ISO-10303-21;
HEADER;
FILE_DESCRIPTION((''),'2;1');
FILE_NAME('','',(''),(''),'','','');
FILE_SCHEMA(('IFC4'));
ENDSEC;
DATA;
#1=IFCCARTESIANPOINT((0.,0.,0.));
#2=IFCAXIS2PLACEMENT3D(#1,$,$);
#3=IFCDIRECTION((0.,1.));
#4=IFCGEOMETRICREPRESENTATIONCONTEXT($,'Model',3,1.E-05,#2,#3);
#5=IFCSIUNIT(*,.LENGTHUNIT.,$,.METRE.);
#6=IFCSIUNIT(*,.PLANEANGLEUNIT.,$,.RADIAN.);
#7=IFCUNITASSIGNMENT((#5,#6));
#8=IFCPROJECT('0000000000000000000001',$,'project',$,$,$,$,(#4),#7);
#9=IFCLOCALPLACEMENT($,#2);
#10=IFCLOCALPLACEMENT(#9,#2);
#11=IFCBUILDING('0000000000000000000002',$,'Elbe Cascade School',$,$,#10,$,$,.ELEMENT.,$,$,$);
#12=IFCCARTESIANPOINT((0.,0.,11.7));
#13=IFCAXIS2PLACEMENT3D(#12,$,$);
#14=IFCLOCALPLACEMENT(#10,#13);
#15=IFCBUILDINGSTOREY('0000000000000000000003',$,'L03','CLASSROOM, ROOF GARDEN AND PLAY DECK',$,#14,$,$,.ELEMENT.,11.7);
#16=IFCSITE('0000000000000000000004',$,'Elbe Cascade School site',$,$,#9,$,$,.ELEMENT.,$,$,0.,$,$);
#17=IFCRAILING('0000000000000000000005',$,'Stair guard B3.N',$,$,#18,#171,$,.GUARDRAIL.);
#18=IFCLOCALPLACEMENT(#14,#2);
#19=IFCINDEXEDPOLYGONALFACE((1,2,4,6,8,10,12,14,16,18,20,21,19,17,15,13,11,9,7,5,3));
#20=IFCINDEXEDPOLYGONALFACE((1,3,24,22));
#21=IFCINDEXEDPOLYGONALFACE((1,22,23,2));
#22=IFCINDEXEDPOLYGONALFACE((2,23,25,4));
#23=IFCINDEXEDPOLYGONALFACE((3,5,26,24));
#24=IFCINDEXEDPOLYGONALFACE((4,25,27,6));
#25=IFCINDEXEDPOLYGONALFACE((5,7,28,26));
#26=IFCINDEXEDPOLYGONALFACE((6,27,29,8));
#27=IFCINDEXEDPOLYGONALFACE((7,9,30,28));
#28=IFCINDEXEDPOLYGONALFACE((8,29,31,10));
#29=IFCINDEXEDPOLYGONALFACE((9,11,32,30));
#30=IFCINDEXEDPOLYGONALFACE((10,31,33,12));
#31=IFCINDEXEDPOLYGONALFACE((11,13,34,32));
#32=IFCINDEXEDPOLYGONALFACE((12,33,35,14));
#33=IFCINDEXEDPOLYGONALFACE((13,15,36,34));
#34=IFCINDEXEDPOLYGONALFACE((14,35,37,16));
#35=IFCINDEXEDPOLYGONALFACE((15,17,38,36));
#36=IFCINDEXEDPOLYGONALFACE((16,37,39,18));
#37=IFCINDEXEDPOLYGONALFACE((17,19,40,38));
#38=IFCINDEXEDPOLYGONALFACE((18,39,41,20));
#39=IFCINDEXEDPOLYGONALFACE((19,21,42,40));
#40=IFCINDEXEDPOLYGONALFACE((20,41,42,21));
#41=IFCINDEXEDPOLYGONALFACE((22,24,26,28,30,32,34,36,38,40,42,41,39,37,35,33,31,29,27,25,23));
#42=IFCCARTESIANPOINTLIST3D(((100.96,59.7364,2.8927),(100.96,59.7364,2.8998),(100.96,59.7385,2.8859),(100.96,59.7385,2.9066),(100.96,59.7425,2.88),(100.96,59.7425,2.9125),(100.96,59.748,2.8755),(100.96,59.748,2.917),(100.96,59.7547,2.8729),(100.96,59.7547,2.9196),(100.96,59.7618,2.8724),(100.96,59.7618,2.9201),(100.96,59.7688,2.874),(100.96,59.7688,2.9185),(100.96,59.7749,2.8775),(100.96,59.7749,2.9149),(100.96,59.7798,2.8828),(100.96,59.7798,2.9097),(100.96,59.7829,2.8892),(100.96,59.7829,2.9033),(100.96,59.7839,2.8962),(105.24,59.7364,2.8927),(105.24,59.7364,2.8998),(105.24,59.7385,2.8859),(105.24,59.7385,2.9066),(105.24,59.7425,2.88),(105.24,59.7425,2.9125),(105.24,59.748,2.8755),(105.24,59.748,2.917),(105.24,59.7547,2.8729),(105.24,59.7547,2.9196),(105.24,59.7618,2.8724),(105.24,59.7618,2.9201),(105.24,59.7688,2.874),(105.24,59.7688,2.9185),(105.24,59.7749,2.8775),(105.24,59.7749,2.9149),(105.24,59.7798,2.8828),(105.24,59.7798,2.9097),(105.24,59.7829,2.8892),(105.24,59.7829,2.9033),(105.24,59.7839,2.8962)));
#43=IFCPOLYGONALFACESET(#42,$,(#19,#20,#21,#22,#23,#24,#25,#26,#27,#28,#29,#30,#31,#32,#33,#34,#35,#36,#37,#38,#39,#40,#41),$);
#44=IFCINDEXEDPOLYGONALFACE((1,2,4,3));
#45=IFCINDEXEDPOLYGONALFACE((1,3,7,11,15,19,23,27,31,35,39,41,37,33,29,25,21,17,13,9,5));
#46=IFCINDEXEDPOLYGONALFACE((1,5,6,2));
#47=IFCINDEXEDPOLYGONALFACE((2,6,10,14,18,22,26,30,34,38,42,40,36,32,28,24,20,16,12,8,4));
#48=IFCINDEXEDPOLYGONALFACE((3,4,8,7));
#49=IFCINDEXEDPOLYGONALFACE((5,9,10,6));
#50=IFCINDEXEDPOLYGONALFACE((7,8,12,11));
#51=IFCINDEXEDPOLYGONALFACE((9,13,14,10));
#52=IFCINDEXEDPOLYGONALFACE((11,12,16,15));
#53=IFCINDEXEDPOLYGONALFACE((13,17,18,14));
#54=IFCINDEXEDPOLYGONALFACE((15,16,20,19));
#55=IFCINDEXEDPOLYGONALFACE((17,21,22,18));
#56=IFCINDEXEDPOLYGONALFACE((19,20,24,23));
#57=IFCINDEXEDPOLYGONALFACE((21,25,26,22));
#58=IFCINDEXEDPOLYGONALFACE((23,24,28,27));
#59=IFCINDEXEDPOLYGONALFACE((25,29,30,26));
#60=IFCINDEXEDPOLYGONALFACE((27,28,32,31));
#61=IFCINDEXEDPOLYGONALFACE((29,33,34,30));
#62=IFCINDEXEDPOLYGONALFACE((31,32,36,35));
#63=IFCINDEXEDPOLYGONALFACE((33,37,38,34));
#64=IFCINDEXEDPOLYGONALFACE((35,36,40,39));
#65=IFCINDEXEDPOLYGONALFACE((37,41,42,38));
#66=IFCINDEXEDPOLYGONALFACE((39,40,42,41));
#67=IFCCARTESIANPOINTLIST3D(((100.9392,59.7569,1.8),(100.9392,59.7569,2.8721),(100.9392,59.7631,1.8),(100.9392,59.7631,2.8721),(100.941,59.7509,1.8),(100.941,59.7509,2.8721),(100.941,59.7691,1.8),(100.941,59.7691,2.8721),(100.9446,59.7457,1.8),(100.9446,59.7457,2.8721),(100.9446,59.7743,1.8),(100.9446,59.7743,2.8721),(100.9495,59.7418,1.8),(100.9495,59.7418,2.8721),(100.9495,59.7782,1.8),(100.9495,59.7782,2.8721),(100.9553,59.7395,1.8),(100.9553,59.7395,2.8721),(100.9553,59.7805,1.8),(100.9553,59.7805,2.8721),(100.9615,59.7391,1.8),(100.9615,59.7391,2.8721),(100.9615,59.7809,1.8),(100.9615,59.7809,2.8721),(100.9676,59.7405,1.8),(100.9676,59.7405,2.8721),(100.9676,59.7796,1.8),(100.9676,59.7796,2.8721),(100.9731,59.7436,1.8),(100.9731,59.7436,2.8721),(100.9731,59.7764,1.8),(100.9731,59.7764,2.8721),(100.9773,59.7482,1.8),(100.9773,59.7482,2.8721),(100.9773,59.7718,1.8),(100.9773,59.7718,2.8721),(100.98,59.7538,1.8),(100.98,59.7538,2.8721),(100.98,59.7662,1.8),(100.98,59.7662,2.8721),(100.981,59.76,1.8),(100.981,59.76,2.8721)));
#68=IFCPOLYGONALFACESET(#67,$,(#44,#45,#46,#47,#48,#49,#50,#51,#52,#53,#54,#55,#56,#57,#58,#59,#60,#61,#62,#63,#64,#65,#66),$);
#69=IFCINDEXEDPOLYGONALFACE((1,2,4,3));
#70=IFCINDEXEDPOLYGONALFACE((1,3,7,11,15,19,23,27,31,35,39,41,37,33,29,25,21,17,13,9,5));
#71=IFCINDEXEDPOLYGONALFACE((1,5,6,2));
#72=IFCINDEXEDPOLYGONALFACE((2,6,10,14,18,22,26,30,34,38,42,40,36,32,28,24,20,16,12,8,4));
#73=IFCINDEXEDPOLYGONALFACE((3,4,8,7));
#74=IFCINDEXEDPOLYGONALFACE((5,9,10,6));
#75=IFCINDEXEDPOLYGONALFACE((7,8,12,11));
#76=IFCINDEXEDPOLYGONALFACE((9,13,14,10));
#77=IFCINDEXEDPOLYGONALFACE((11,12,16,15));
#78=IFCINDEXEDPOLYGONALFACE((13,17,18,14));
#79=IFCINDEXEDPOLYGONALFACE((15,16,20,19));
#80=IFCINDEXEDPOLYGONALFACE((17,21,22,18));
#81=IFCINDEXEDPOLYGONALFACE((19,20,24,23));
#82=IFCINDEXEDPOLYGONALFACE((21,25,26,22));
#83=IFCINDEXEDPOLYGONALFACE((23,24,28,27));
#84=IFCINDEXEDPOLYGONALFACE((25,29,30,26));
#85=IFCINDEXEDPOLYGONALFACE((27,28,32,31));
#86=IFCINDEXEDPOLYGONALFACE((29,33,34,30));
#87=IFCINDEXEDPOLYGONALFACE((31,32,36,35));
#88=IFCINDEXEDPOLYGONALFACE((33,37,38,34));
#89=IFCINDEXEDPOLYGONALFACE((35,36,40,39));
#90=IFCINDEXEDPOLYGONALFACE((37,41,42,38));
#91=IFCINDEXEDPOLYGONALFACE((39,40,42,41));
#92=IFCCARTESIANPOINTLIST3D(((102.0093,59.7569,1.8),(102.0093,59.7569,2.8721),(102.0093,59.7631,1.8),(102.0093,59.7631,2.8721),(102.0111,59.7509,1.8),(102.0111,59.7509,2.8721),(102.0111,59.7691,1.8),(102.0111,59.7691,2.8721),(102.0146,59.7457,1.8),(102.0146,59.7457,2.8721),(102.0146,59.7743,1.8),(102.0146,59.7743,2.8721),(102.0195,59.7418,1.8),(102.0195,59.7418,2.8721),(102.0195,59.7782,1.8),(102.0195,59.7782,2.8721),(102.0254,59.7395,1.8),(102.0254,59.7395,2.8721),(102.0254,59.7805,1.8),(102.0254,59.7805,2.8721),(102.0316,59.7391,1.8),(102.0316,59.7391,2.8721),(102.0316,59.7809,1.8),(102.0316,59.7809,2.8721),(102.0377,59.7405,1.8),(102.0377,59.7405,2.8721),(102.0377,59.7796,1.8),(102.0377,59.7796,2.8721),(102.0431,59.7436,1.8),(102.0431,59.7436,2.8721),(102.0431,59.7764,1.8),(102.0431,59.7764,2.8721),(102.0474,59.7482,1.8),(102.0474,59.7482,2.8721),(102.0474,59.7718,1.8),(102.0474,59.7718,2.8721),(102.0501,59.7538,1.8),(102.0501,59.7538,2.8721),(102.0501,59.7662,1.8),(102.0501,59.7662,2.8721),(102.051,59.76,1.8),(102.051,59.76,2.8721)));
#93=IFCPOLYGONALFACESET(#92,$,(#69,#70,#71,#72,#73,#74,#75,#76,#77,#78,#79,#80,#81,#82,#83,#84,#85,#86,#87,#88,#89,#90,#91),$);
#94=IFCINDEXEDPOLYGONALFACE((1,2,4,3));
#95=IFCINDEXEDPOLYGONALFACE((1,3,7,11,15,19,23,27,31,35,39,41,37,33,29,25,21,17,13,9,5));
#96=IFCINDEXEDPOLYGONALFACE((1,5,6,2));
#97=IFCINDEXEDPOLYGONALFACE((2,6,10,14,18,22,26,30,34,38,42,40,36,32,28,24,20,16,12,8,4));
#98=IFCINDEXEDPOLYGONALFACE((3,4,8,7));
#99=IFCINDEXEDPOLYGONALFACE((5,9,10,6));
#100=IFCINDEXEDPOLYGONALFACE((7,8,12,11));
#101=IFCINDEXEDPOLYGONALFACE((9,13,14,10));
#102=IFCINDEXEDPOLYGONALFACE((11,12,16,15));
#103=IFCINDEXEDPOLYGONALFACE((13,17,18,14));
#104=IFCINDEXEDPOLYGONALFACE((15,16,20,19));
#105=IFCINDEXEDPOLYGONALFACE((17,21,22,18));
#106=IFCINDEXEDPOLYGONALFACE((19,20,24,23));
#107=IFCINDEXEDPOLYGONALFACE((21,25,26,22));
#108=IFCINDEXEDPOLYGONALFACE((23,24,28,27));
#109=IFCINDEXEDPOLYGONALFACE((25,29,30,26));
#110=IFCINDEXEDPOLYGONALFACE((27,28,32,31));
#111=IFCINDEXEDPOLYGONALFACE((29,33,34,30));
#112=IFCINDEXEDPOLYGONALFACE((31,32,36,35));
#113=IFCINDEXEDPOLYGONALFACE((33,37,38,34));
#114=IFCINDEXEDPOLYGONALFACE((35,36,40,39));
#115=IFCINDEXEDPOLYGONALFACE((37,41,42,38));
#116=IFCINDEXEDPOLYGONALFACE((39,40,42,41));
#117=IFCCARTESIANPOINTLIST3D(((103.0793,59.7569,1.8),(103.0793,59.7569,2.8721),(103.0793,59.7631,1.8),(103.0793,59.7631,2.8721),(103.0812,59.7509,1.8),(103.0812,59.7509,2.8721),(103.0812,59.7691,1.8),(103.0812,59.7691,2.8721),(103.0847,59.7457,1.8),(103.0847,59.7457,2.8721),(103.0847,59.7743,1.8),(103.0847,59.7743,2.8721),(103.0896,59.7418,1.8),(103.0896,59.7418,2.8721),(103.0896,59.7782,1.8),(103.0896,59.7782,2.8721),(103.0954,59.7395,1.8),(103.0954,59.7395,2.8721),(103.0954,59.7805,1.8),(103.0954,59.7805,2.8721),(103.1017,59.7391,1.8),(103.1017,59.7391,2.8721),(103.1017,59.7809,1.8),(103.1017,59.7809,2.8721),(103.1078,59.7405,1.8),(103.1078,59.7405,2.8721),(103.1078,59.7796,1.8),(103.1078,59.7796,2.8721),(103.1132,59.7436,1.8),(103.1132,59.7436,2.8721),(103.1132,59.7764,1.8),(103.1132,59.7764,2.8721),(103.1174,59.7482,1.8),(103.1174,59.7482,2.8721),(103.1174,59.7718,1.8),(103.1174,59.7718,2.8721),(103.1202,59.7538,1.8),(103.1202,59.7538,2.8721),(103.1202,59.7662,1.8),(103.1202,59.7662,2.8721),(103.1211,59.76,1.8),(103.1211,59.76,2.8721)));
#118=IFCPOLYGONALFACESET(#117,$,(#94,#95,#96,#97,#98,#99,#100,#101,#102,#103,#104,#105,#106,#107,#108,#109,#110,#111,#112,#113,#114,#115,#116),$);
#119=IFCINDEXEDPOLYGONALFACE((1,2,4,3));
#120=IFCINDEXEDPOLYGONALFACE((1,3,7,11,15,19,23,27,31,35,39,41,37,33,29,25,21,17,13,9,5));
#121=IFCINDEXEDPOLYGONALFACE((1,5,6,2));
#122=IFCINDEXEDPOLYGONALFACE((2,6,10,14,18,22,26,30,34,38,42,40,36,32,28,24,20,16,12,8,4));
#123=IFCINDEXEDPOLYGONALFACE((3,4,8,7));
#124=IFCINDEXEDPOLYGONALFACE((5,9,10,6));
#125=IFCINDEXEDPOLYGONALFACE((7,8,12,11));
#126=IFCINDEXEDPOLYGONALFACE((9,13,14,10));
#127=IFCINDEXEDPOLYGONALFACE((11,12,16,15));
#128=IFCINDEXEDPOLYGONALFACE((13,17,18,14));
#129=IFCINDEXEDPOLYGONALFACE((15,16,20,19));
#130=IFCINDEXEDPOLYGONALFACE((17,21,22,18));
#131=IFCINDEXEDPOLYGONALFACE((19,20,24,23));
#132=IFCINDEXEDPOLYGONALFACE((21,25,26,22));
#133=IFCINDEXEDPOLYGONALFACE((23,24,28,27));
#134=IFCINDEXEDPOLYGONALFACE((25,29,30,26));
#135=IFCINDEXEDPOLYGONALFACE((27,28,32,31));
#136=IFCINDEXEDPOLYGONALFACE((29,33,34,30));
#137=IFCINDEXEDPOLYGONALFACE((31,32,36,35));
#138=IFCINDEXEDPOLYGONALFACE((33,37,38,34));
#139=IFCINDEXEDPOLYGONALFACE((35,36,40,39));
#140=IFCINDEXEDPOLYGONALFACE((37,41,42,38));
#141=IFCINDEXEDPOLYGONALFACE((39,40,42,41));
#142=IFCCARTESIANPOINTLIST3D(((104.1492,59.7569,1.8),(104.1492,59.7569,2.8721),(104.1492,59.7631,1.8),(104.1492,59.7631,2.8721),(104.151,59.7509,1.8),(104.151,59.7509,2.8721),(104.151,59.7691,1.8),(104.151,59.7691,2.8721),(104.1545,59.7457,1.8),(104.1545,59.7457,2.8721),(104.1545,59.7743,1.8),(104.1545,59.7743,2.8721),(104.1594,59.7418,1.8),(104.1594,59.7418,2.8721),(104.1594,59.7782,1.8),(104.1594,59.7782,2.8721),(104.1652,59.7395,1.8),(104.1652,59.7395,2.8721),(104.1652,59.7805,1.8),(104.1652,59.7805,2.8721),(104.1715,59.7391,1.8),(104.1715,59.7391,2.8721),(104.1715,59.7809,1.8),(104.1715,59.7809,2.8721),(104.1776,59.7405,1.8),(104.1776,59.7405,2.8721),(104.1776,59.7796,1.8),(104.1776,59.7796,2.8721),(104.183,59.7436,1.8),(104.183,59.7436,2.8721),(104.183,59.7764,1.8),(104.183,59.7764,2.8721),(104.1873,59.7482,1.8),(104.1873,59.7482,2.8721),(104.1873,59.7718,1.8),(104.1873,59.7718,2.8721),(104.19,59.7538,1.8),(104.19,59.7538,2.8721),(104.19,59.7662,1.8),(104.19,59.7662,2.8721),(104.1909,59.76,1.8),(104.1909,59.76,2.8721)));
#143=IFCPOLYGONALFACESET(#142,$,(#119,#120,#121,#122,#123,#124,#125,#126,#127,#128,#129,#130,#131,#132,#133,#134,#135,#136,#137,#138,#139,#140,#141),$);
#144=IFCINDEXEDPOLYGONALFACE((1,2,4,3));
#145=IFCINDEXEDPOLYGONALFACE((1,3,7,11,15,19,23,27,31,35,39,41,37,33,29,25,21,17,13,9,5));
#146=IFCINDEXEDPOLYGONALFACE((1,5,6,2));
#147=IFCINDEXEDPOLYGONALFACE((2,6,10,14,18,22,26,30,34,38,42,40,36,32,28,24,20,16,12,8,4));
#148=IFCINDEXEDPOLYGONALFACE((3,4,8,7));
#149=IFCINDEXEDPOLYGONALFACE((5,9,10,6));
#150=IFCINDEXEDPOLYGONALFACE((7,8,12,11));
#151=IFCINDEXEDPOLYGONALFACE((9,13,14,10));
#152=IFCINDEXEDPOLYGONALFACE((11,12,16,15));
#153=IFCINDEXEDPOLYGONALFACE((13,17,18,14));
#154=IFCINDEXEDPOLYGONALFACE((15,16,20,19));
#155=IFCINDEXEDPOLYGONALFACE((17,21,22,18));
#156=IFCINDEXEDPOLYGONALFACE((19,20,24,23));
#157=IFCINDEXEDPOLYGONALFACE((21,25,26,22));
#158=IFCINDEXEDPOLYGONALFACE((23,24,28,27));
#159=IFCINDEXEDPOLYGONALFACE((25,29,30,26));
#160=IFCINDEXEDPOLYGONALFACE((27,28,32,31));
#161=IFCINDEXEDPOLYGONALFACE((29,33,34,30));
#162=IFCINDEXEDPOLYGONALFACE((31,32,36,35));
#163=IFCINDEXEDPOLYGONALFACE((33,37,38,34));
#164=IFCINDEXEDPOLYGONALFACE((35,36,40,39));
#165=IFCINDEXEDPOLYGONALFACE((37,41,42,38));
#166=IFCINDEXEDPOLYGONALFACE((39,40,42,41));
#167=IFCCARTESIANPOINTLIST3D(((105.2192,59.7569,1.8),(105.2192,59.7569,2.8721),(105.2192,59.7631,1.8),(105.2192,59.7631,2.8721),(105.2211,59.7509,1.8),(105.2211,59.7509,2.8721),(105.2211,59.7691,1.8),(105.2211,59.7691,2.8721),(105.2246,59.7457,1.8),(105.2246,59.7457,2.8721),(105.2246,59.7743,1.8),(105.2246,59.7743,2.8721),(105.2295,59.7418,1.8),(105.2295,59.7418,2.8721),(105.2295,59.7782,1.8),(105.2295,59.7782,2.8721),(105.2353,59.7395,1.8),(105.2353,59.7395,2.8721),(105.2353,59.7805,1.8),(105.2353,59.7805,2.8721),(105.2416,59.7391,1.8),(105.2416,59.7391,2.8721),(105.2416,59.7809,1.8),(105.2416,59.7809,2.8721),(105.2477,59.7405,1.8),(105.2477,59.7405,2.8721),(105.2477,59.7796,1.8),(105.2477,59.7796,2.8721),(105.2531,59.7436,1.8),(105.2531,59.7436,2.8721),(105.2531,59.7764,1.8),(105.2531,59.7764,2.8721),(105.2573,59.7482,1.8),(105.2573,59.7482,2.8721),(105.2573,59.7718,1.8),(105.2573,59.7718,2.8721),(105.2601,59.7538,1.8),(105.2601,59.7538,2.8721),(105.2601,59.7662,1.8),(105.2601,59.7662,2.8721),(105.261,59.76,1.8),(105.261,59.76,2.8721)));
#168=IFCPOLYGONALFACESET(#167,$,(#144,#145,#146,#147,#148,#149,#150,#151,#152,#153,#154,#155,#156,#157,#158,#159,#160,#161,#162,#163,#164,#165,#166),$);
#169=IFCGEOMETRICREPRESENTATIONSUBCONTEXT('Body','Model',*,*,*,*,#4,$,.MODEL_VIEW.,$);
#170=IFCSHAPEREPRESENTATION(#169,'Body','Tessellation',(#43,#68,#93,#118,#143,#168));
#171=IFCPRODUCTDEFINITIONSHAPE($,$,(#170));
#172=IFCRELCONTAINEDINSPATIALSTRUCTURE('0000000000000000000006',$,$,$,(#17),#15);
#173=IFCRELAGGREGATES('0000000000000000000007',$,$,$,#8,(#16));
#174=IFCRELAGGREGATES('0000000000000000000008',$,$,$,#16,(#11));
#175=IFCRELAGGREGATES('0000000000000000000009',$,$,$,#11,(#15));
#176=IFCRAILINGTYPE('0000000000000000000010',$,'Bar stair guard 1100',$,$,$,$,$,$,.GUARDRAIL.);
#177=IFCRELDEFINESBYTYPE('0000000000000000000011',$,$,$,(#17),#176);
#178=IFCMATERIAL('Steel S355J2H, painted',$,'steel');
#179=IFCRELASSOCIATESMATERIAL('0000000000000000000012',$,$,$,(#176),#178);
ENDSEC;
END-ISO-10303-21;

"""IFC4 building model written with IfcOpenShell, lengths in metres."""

from ifc_helpers import new_model, si_unit, direction, frame, origin, origin_2d, place, context, subcontext, project, spatial, circle, extrude, material, type_object, element, save


model = new_model("IFC4")

# Units and contexts
model_context = context("Model", 3, precision=1e-05, world=origin(), true_north=direction((0.0, 1.0)))
body_context = subcontext(model_context, "Body", "Model", "MODEL_VIEW")
ifc_project = project(units=[si_unit("LENGTHUNIT", "METRE"), si_unit("PLANEANGLEUNIT", "RADIAN")], contexts=[model_context])

# Site, building, storey
site_placement = place(None, origin())
site = spatial("IfcSite", under=ifc_project, at=site_placement, Name="Elbe Cascade School site", CompositionType="ELEMENT", RefElevation=0.0)
building_placement = place(site_placement, origin())
building = spatial("IfcBuilding", under=site, at=building_placement, Name="Elbe Cascade School", CompositionType="ELEMENT")
storey_placement = place(building_placement, frame((0.0, 0.0, 11.7)))
storey = spatial("IfcBuildingStorey", under=building, at=storey_placement, Name="L03", Description="CLASSROOM, ROOF GARDEN AND PLAY DECK", CompositionType="ELEMENT", Elevation=11.7)

# Railing
ifc_material_1 = material(Name="Steel S355J2H, painted", Category="steel")
railing_type_1 = type_object("IfcRailingType", Name="Bar stair guard 1100", PredefinedType="GUARDRAIL", material=ifc_material_1)
railing_1_placement = place(storey_placement, frame((100.96, 59.76, 1.8)))
element("IfcRailing", 1, at=railing_1_placement, inside=storey, type_object=railing_type_1, Name="Stair guard B3.N", PredefinedType="GUARDRAIL", context=body_context, shape_type="SweptSolid", body=[
    extrude(circle(Radius=0.0239, at=origin_2d()), frame((0.0, 0.0, 1.0962), z_axis=(1.0, 0.0, 0.0), x_axis=(0.0, 1.0, 0.0)), (0.0, 0.0, 1.0), 4.28),
    extrude(circle(Radius=0.021, at=origin_2d()), origin(), (0.0, 0.0, 1.0), 1.072),
    extrude(circle(Radius=0.021, at=origin_2d()), frame((1.0701, 0.0, 0.0)), (0.0, 0.0, 1.0), 1.072),
    extrude(circle(Radius=0.021, at=origin_2d()), frame((2.1401, 0.0, 0.0)), (0.0, 0.0, 1.0), 1.072),
    extrude(circle(Radius=0.021, at=origin_2d()), frame((3.21, 0.0, 0.0)), (0.0, 0.0, 1.0), 1.072),
    extrude(circle(Radius=0.021, at=origin_2d()), frame((4.28, 0.0, 0.0)), (0.0, 0.0, 1.0), 1.072),
])

save(model, "model.ifc")
